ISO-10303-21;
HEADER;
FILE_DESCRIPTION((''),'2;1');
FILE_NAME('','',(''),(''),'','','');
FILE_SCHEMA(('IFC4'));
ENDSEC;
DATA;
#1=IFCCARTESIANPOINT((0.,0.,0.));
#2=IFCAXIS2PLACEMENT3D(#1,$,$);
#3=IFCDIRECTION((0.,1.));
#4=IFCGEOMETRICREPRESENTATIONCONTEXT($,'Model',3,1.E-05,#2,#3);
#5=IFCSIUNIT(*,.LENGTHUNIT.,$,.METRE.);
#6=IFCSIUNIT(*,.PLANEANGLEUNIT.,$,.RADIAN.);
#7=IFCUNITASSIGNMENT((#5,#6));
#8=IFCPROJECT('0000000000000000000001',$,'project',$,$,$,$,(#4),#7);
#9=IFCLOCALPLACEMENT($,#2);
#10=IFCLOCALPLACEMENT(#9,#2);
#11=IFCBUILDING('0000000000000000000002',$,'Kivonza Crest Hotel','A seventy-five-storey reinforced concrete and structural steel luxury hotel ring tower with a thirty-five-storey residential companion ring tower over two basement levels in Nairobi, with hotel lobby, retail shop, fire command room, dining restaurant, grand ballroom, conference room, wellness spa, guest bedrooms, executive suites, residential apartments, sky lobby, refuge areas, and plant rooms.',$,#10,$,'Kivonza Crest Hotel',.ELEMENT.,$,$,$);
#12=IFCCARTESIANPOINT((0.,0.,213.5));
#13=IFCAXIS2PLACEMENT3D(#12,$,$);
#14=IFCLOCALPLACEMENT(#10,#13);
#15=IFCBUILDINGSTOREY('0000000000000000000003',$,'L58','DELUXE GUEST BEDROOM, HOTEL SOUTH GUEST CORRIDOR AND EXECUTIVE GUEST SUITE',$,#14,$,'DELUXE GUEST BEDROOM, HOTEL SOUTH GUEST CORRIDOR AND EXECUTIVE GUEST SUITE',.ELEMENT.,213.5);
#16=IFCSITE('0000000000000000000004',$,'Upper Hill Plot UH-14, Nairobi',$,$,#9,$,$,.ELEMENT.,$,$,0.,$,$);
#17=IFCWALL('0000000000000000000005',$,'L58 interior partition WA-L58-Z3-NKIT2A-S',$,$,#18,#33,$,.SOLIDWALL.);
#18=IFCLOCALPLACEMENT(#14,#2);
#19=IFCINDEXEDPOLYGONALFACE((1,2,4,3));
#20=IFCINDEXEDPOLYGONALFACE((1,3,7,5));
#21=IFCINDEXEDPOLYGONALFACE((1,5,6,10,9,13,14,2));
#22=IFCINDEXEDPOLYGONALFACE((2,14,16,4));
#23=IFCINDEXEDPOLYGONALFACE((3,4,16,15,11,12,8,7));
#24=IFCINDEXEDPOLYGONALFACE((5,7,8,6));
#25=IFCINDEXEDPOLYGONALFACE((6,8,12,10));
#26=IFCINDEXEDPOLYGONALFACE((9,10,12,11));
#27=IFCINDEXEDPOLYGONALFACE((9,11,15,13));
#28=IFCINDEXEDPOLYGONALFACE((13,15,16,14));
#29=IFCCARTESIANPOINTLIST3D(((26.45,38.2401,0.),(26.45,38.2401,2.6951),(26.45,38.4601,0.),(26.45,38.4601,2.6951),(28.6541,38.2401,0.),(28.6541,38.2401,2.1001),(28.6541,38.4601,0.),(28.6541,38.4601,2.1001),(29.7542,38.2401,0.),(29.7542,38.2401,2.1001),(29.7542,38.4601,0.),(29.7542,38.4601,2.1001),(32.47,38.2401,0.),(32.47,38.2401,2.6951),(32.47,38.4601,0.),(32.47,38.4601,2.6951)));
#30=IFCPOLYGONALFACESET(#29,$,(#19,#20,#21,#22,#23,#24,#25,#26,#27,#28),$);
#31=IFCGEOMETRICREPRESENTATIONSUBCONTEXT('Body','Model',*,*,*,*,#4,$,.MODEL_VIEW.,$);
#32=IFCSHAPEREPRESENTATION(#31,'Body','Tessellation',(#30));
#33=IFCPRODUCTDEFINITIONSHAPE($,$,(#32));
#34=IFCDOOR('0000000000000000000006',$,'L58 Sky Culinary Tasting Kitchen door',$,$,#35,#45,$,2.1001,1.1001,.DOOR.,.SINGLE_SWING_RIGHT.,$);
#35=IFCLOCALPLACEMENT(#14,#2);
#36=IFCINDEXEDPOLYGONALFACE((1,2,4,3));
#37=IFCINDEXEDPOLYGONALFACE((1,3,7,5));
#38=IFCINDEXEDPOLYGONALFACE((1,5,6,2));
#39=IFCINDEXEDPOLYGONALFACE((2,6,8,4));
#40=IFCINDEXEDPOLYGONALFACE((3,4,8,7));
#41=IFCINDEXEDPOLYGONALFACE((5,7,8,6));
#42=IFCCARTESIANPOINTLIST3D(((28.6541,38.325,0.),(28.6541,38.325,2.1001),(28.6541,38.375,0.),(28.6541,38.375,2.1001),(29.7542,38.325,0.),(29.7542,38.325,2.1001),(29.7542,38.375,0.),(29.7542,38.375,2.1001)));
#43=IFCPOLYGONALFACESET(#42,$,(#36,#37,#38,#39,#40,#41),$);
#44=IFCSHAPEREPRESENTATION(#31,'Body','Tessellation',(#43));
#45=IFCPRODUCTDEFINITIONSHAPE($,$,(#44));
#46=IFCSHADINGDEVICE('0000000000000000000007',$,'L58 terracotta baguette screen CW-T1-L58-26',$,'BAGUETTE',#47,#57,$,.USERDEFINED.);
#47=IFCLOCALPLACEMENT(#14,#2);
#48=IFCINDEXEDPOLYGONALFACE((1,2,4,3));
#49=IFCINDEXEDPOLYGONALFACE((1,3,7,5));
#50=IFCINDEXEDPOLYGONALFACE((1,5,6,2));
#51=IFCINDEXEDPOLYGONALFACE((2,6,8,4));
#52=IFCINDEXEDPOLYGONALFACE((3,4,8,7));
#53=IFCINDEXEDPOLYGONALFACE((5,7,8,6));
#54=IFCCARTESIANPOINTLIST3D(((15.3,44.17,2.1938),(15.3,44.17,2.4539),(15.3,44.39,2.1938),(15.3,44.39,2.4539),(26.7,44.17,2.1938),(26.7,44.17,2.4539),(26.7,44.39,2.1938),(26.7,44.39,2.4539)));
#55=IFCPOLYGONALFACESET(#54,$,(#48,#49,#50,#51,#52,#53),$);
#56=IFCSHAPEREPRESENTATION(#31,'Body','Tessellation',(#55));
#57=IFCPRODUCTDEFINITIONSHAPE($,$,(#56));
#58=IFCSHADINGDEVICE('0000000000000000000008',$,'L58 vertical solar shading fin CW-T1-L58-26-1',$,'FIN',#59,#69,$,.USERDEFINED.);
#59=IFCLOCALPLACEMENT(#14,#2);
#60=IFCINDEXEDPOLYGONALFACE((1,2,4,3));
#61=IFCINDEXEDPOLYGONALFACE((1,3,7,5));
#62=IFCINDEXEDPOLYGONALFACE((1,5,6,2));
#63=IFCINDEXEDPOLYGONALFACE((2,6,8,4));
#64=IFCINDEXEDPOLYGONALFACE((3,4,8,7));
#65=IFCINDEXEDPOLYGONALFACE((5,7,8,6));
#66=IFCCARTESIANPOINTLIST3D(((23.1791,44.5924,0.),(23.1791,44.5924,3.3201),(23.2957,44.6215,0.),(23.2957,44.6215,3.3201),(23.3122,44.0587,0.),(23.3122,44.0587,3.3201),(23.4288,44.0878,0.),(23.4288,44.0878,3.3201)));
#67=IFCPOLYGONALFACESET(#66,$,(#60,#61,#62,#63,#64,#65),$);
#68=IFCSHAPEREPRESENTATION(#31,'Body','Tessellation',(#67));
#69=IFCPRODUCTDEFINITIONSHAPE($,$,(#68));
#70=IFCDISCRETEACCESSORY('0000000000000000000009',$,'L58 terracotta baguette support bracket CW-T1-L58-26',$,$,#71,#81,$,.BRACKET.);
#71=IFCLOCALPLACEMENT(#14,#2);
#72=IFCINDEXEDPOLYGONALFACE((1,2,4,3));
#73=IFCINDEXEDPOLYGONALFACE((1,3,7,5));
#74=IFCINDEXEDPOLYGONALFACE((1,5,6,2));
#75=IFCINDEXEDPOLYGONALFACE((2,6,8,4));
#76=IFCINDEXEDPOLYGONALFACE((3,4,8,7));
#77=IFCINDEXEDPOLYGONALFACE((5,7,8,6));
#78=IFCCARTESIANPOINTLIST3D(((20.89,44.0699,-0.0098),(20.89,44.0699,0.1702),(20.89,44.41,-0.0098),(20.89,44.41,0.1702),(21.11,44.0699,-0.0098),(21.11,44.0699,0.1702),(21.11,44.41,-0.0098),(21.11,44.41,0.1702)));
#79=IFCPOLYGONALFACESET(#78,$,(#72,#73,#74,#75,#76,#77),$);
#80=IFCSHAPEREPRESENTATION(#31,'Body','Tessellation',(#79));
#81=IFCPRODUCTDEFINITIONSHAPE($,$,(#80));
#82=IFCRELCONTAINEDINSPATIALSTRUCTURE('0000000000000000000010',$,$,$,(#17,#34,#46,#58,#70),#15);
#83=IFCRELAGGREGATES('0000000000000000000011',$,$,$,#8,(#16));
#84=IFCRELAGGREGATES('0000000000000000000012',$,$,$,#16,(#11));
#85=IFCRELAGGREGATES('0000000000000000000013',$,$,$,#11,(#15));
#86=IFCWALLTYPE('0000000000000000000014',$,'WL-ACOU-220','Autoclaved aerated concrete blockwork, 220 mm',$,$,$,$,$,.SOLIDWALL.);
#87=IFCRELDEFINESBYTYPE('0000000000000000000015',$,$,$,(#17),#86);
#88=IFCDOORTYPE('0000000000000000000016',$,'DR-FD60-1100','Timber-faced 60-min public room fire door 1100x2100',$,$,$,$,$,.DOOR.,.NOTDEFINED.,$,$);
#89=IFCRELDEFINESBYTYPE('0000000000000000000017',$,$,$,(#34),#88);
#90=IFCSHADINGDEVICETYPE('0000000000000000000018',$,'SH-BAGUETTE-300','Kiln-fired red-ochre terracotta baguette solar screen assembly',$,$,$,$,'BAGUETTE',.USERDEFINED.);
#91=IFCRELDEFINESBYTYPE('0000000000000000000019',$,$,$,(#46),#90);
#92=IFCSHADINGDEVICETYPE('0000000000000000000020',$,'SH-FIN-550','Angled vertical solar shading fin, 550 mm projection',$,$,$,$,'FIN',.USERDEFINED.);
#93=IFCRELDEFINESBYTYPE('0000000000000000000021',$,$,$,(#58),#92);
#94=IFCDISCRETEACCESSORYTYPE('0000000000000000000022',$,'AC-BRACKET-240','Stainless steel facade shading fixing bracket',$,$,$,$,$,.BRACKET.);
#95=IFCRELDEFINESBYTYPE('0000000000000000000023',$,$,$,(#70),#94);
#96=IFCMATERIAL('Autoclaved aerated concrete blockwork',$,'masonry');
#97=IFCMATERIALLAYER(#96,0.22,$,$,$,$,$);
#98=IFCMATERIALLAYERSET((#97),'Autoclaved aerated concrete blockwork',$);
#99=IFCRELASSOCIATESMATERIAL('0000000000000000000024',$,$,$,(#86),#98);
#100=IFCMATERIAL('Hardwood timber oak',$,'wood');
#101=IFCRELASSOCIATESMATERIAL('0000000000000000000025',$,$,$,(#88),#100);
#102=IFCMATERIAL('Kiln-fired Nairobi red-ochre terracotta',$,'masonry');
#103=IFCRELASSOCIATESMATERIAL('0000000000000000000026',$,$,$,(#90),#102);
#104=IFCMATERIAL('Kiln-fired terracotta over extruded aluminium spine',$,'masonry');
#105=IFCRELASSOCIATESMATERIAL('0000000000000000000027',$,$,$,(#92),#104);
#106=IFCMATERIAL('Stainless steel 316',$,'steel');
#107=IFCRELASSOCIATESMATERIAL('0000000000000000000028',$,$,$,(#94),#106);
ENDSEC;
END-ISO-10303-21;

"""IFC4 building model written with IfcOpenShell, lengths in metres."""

from ifc_helpers import new_model, si_unit, direction, frame, frame_2d, origin, origin_2d, place, context, subcontext, project, spatial, rectangle, extrude, material, layer, layer_set, type_object, element, fill, save


model = new_model("IFC4")

# Units and contexts
model_context = context("Model", 3, precision=1e-05, world=origin(), true_north=direction((0.0, 1.0)))
body_context = subcontext(model_context, "Body", "Model", "MODEL_VIEW")
ifc_project = project(units=[si_unit("LENGTHUNIT", "METRE"), si_unit("PLANEANGLEUNIT", "RADIAN")], contexts=[model_context])

# Site, building, storey
site_placement = place(None, origin())
site = spatial("IfcSite", under=ifc_project, at=site_placement, Name="Upper Hill Plot UH-14, Nairobi", CompositionType="ELEMENT", RefElevation=0.0)
building_placement = place(site_placement, origin())
building = spatial("IfcBuilding", under=site, at=building_placement, Name="Kivonza Crest Hotel", Description="A seventy-five-storey reinforced concrete and structural steel luxury hotel ring tower with a thirty-five-storey residential companion ring tower over two basement levels in Nairobi, with hotel lobby, retail shop, fire command room, dining restaurant, grand ballroom, conference room, wellness spa, guest bedrooms, executive suites, residential apartments, sky lobby, refuge areas, and plant rooms.", LongName="Kivonza Crest Hotel", CompositionType="ELEMENT")
storey_placement = place(building_placement, frame((0.0, 0.0, 213.5)))
storey = spatial("IfcBuildingStorey", under=building, at=storey_placement, Name="L58", Description="DELUXE GUEST BEDROOM, HOTEL SOUTH GUEST CORRIDOR AND EXECUTIVE GUEST SUITE", LongName="DELUXE GUEST BEDROOM, HOTEL SOUTH GUEST CORRIDOR AND EXECUTIVE GUEST SUITE", CompositionType="ELEMENT", Elevation=213.5)

# Wall, opening, door
ifc_material_1 = material(Name="Autoclaved aerated concrete blockwork", Category="masonry")
ifc_layer_1 = layer(ifc_material_1, 0.22)
ifc_layer_set_1 = layer_set([ifc_layer_1], Name="Autoclaved aerated concrete blockwork")
wall_type_1 = type_object("IfcWallType", Name="WL-ACOU-220", Description="Autoclaved aerated concrete blockwork, 220 mm", PredefinedType="SOLIDWALL", material=ifc_layer_set_1)
wall_1_placement = place(storey_placement, frame((26.45, 38.3501, 0.0), z_axis=(0.0, 0.0, 1.0), x_axis=(1.0, 0.0, 0.0)))
wall_1 = element("IfcWall", 1, at=wall_1_placement, inside=storey, type_object=wall_type_1, Name="L58 interior partition WA-L58-Z3-NKIT2A-S", PredefinedType="SOLIDWALL", context=body_context, shape_type="SweptSolid", body=[
    extrude(rectangle(XDim=6.02, YDim=0.22, at=frame_2d((3.01, 0.0))), origin(), (0.0, 0.0, 1.0), 2.6951),
])
opening_placement = place(wall_1_placement, frame((2.2041, 0.0, 0.0)))
opening = element("IfcOpeningElement", 2, at=opening_placement, cuts=wall_1, PredefinedType="OPENING", context=body_context, shape_type="SweptSolid", body=[
    extrude(rectangle(XDim=1.1001, YDim=2.1001, at=frame_2d((0.55, 1.05))), frame((0.0, 0.1201, 0.0), z_axis=(0.0, -1.0, 0.0), x_axis=(1.0, 0.0, 0.0)), (0.0, 0.0, 1.0), 0.24),
])
ifc_material_2 = material(Name="Hardwood timber oak", Category="wood")
door_type = type_object("IfcDoorType", Name="DR-FD60-1100", Description="Timber-faced 60-min public room fire door 1100x2100", OperationType="NOTDEFINED", PredefinedType="DOOR", material=ifc_material_2)
door_placement = place(opening_placement, origin())
door = element("IfcDoor", 3, at=door_placement, inside=storey, type_object=door_type, Name="L58 Sky Culinary Tasting Kitchen door", OperationType="SINGLE_SWING_RIGHT", OverallHeight=2.1001, OverallWidth=1.1001, PredefinedType="DOOR", context=body_context, shape_type="SweptSolid", body=[
    extrude(rectangle(XDim=1.1001, YDim=2.1001, at=frame_2d((0.55, 1.05))), frame((0.0, 0.0249, 0.0), z_axis=(0.0, -1.0, 0.0), x_axis=(1.0, 0.0, 0.0)), (0.0, 0.0, 1.0), 0.05),
])
fill(opening, door)

# Shading devices
ifc_material_3 = material(Name="Kiln-fired Nairobi red-ochre terracotta", Category="masonry")
shading_device_type_1 = type_object("IfcShadingDeviceType", Name="SH-BAGUETTE-300", Description="Kiln-fired red-ochre terracotta baguette solar screen assembly", ElementType="BAGUETTE", PredefinedType="USERDEFINED", material=ifc_material_3)
shading_device_1_placement = place(storey_placement, frame((21.0, 44.28, 2.1938), z_axis=(0.0, 0.0, 1.0), x_axis=(-1.0, 0.0, 0.0)))
element("IfcShadingDevice", 4, at=shading_device_1_placement, inside=storey, type_object=shading_device_type_1, Name="L58 terracotta baguette screen CW-T1-L58-26", ObjectType="BAGUETTE", PredefinedType="USERDEFINED", context=body_context, shape_type="SweptSolid", body=[
    extrude(rectangle(XDim=11.3999, YDim=0.22, at=origin_2d()), origin(), (0.0, 0.0, 1.0), 0.26),
])
ifc_material_4 = material(Name="Kiln-fired terracotta over extruded aluminium spine", Category="masonry")
shading_device_type_2 = type_object("IfcShadingDeviceType", Name="SH-FIN-550", Description="Angled vertical solar shading fin, 550 mm projection", ElementType="FIN", PredefinedType="USERDEFINED", material=ifc_material_4)
shading_device_2_placement = place(storey_placement, frame((23.304, 44.3401, 0.0), z_axis=(0.0, 0.0, 1.0), x_axis=(-0.970296, -0.241922, 0.0)))
element("IfcShadingDevice", 5, at=shading_device_2_placement, inside=storey, type_object=shading_device_type_2, Name="L58 vertical solar shading fin CW-T1-L58-26-1", ObjectType="FIN", PredefinedType="USERDEFINED", context=body_context, shape_type="SweptSolid", body=[
    extrude(rectangle(XDim=0.1201, YDim=0.55, at=origin_2d()), origin(), (0.0, 0.0, 1.0), 3.3201),
])

# Discrete accessory
ifc_material_5 = material(Name="Stainless steel 316", Category="steel")
discrete_accessory_type = type_object("IfcDiscreteAccessoryType", Name="AC-BRACKET-240", Description="Stainless steel facade shading fixing bracket", PredefinedType="BRACKET", material=ifc_material_5)
discrete_accessory_placement = place(storey_placement, frame((21.0, 44.24, -0.0098), z_axis=(0.0, 0.0, 1.0), x_axis=(-1.0, 0.0, 0.0)))
element("IfcDiscreteAccessory", 6, at=discrete_accessory_placement, inside=storey, type_object=discrete_accessory_type, Name="L58 terracotta baguette support bracket CW-T1-L58-26", PredefinedType="BRACKET", context=body_context, shape_type="SweptSolid", body=[
    extrude(rectangle(XDim=0.22, YDim=0.3401, at=origin_2d()), origin(), (0.0, 0.0, 1.0), 0.1799),
])

save(model, "model.ifc")
